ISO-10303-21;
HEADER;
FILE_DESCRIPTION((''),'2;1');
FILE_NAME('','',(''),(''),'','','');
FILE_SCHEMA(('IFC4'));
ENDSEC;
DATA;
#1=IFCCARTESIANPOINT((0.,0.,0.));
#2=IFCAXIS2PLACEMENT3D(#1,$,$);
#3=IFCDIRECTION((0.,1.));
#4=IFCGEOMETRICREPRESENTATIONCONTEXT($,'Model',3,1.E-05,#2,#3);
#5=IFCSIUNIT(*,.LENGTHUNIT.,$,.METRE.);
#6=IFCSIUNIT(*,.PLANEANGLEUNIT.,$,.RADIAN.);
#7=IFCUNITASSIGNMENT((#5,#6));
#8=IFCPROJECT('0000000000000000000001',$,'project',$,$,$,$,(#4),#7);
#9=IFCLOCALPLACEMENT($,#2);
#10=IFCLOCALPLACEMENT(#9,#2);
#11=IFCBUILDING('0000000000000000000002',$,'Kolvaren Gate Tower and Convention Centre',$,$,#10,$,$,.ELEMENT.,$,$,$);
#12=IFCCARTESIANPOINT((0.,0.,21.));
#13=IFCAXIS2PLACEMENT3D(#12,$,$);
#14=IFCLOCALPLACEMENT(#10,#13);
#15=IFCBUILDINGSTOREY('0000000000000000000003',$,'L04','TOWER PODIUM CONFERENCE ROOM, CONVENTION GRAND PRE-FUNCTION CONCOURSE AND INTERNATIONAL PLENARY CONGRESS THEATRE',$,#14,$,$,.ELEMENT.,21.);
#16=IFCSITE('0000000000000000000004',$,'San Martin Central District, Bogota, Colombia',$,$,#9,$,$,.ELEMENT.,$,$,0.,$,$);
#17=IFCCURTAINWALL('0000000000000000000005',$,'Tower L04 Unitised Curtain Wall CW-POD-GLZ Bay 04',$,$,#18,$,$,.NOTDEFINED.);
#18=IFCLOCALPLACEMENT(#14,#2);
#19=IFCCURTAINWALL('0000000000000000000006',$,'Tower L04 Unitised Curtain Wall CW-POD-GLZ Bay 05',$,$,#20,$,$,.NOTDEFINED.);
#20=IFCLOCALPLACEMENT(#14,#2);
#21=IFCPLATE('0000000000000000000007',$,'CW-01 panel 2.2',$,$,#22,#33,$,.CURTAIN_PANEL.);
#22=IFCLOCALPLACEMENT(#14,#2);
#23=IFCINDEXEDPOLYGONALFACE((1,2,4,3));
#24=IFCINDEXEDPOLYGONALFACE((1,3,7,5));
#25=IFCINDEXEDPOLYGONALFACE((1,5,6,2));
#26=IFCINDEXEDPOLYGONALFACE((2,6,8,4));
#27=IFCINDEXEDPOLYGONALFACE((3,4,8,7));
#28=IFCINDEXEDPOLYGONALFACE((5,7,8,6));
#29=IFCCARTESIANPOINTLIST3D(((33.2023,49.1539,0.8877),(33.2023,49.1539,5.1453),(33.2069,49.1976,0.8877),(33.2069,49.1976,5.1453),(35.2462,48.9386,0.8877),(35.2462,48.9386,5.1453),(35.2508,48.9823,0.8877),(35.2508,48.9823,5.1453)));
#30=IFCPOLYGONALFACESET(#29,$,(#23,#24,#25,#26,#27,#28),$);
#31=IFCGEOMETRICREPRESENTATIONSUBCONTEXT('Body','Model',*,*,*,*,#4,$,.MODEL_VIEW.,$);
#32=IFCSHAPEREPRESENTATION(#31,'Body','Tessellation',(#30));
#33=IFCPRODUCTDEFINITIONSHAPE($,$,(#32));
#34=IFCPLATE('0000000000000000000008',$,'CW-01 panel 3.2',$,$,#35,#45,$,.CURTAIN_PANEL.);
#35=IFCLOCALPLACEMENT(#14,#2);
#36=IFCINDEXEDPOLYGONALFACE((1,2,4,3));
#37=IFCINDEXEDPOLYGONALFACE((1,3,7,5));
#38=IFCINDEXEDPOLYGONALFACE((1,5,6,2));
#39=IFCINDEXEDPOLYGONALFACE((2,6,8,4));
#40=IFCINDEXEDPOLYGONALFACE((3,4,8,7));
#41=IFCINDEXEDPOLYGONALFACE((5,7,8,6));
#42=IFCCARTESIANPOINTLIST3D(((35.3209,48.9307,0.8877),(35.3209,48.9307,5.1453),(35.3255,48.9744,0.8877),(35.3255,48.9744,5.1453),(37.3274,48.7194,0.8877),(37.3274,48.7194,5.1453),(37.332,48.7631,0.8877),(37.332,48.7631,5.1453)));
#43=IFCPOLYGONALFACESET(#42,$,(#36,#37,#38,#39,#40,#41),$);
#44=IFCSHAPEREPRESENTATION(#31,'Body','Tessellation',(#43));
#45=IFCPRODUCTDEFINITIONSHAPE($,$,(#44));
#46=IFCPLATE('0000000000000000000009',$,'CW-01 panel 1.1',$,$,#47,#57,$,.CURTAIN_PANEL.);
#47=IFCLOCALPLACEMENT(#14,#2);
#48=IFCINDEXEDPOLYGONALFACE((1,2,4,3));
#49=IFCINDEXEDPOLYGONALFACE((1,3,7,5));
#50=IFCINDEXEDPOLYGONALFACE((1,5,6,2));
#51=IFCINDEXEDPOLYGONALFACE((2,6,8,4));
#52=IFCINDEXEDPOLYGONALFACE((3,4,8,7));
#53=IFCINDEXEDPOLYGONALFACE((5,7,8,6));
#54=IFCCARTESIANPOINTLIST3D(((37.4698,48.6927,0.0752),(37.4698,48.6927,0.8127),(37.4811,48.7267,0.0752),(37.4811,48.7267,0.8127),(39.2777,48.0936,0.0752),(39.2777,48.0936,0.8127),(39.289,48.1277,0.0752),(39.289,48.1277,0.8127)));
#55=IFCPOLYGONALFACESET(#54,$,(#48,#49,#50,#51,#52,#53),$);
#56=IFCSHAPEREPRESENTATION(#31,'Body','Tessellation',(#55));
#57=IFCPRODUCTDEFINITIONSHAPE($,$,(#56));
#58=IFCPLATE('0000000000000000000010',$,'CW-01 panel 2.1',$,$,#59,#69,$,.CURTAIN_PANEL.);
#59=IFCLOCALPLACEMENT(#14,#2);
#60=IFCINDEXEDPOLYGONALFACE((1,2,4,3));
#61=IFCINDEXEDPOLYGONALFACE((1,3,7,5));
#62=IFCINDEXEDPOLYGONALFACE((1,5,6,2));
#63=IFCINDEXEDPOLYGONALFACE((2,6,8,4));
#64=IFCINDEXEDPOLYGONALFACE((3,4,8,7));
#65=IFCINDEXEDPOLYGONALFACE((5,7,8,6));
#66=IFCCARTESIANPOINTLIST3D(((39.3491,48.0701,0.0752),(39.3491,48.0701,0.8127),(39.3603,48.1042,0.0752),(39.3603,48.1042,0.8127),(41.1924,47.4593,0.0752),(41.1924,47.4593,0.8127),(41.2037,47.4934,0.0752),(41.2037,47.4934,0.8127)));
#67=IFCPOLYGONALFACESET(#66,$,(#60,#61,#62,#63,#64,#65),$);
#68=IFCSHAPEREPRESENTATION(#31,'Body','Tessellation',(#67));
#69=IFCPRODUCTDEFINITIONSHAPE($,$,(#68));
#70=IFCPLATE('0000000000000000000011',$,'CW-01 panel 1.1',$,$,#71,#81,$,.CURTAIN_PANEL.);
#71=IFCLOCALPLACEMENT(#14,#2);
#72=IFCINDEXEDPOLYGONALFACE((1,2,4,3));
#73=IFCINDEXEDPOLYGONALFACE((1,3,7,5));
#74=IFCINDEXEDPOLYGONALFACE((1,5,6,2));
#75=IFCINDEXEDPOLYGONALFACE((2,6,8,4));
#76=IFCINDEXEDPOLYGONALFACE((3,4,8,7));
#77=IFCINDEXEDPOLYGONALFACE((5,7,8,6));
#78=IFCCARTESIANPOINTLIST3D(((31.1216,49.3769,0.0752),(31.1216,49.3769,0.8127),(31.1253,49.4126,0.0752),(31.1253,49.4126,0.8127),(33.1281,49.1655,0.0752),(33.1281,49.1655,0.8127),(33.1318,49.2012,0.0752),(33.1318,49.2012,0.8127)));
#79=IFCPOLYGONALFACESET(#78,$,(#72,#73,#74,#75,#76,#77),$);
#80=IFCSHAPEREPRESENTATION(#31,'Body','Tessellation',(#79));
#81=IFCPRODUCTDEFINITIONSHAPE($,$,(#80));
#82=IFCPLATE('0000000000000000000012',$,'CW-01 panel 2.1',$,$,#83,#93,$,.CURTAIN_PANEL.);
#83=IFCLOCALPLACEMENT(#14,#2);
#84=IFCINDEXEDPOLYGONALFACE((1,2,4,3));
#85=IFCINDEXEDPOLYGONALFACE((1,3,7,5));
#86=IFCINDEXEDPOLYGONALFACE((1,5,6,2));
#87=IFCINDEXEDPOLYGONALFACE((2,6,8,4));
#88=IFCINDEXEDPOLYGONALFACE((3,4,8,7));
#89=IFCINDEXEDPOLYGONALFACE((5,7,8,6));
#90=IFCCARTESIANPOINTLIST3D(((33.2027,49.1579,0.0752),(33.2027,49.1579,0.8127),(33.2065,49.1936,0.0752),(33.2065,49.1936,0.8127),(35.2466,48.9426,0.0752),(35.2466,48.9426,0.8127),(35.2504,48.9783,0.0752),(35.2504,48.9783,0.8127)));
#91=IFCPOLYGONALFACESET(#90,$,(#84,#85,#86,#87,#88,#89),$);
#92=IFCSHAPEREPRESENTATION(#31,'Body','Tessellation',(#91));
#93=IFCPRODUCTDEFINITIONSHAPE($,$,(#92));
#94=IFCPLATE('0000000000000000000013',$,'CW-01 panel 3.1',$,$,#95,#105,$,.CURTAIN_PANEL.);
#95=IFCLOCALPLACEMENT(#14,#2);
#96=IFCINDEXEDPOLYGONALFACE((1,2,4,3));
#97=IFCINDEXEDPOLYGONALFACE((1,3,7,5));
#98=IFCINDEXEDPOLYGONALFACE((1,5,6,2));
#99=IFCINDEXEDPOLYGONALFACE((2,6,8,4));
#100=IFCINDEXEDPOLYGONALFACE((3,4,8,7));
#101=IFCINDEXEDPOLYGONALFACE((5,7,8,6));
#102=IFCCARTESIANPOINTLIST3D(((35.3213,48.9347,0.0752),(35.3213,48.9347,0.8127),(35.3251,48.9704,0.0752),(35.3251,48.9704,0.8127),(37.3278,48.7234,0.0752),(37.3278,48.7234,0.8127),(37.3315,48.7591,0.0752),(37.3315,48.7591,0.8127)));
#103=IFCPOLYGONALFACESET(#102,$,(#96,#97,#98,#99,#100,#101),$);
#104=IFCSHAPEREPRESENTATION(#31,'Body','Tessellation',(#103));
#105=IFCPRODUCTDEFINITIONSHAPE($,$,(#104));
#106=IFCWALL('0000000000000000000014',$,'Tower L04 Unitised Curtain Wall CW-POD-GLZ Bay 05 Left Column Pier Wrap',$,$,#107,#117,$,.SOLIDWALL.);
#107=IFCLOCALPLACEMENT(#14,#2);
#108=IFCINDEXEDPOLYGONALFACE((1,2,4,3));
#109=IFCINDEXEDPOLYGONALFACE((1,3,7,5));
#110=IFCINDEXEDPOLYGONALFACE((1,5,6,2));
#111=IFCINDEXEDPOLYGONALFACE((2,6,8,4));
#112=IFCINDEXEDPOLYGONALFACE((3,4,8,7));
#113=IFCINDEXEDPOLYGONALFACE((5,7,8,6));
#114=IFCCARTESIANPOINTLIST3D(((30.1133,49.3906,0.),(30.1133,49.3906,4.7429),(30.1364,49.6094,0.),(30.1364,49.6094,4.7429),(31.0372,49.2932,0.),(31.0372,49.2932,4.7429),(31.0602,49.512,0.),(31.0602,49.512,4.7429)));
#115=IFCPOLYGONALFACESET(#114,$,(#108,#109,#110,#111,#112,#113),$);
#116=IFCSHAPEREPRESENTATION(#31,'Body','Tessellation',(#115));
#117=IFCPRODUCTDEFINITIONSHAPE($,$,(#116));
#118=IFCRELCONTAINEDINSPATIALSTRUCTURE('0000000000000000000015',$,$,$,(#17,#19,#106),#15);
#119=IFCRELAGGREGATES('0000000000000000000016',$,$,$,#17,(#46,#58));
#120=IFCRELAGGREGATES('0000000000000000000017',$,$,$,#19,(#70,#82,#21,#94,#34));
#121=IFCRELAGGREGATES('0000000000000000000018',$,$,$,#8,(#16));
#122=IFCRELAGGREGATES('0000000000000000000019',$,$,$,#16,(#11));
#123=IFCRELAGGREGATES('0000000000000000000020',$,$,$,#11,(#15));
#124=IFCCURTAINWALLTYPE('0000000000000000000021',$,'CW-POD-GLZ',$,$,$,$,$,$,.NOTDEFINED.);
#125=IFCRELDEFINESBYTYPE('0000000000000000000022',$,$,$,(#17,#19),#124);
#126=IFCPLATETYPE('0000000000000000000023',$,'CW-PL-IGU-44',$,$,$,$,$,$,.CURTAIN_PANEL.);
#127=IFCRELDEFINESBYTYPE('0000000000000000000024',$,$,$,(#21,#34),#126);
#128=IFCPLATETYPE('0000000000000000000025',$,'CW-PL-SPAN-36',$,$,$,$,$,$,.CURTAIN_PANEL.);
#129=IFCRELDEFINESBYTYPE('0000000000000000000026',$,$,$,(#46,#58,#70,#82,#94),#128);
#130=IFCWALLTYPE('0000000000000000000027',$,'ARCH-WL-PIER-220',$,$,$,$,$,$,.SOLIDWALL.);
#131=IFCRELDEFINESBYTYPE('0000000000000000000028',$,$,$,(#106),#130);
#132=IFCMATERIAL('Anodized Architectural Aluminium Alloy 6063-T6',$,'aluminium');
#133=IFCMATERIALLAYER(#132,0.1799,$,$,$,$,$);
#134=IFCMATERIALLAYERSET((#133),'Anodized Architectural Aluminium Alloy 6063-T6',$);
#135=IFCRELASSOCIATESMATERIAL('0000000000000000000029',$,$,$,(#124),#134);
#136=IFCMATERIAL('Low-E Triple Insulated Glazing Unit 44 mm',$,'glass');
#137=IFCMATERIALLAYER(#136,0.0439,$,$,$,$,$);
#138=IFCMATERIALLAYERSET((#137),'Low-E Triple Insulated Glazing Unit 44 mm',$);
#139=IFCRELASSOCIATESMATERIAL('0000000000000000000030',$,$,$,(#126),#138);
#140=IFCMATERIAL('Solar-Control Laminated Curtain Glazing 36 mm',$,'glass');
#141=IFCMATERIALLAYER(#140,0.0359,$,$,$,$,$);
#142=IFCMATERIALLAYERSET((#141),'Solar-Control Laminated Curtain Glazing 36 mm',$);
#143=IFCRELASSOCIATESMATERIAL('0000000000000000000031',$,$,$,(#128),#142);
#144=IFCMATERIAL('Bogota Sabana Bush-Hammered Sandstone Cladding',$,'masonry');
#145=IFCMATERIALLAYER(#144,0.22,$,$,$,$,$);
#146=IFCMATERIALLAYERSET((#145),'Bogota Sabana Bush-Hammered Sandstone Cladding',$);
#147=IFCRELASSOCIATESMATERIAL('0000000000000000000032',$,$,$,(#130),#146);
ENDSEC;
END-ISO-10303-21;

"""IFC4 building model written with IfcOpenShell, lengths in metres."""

from ifc_helpers import new_model, si_unit, direction, frame, frame_2d, origin, origin_2d, place, context, subcontext, project, spatial, rectangle, extrude, material, layer, layer_set, type_object, element, aggregate, save


model = new_model("IFC4")

# Units and contexts
model_context = context("Model", 3, precision=1e-05, world=origin(), true_north=direction((0.0, 1.0)))
body_context = subcontext(model_context, "Body", "Model", "MODEL_VIEW")
ifc_project = project(units=[si_unit("LENGTHUNIT", "METRE"), si_unit("PLANEANGLEUNIT", "RADIAN")], contexts=[model_context])

# Site, building, storey
site_placement = place(None, origin())
site = spatial("IfcSite", under=ifc_project, at=site_placement, Name="San Martin Central District, Bogota, Colombia", CompositionType="ELEMENT", RefElevation=0.0)
building_placement = place(site_placement, origin())
building = spatial("IfcBuilding", under=site, at=building_placement, Name="Kolvaren Gate Tower and Convention Centre", CompositionType="ELEMENT")
storey_placement = place(building_placement, frame((0.0, 0.0, 21.0)))
storey = spatial("IfcBuildingStorey", under=building, at=storey_placement, Name="L04", Description="TOWER PODIUM CONFERENCE ROOM, CONVENTION GRAND PRE-FUNCTION CONCOURSE AND INTERNATIONAL PLENARY CONGRESS THEATRE", CompositionType="ELEMENT", Elevation=21.0)

# Curtain walls
ifc_material_1 = material(Name="Anodized Architectural Aluminium Alloy 6063-T6", Category="aluminium")
ifc_layer_1 = layer(ifc_material_1, 0.1799)
ifc_layer_set_1 = layer_set([ifc_layer_1], Name="Anodized Architectural Aluminium Alloy 6063-T6")
curtain_wall_type = type_object("IfcCurtainWallType", Name="CW-POD-GLZ", PredefinedType="NOTDEFINED", material=ifc_layer_set_1)
curtain_wall_1_placement = place(storey_placement, origin())
curtain_wall_1 = element("IfcCurtainWall", 1, at=curtain_wall_1_placement, inside=storey, type_object=curtain_wall_type, Name="Tower L04 Unitised Curtain Wall CW-POD-GLZ Bay 04", PredefinedType="NOTDEFINED")
curtain_wall_2_placement = place(storey_placement, origin())
curtain_wall_2 = element("IfcCurtainWall", 2, at=curtain_wall_2_placement, inside=storey, type_object=curtain_wall_type, Name="Tower L04 Unitised Curtain Wall CW-POD-GLZ Bay 05", PredefinedType="NOTDEFINED")

# Plates
ifc_material_2 = material(Name="Low-E Triple Insulated Glazing Unit 44 mm", Category="glass")
ifc_layer_2 = layer(ifc_material_2, 0.0439)
ifc_layer_set_2 = layer_set([ifc_layer_2], Name="Low-E Triple Insulated Glazing Unit 44 mm")
plate_type_1 = type_object("IfcPlateType", Name="CW-PL-IGU-44", PredefinedType="CURTAIN_PANEL", material=ifc_layer_set_2)
plate_1_placement = place(storey_placement, frame((34.2266, 49.0681, 0.8877), z_axis=(0.0, 0.0, 1.0), x_axis=(0.994499, -0.104748, 0.0)))
plate_1 = element("IfcPlate", 3, at=plate_1_placement, type_object=plate_type_1, Name="CW-01 panel 2.2", PredefinedType="CURTAIN_PANEL", context=body_context, shape_type="SweptSolid", body=[
    extrude(rectangle(XDim=2.0552, YDim=0.0439, at=origin_2d()), origin(), (0.0, 0.0, 1.0), 4.2576),
])
plate_2_placement = place(storey_placement, frame((36.3264, 48.8469, 0.8877), z_axis=(0.0, 0.0, 1.0), x_axis=(0.994499, -0.104748, 0.0)))
plate_2 = element("IfcPlate", 4, at=plate_2_placement, type_object=plate_type_1, Name="CW-01 panel 3.2", PredefinedType="CURTAIN_PANEL", context=body_context, shape_type="SweptSolid", body=[
    extrude(rectangle(XDim=2.0176, YDim=0.0439, at=origin_2d()), origin(), (0.0, 0.0, 1.0), 4.2576),
])
ifc_material_3 = material(Name="Solar-Control Laminated Curtain Glazing 36 mm", Category="glass")
ifc_layer_3 = layer(ifc_material_3, 0.0359)
ifc_layer_set_3 = layer_set([ifc_layer_3], Name="Solar-Control Laminated Curtain Glazing 36 mm")
plate_type_2 = type_object("IfcPlateType", Name="CW-PL-SPAN-36", PredefinedType="CURTAIN_PANEL", material=ifc_layer_set_3)
plate_3_placement = place(storey_placement, frame((38.3794, 48.4102, 0.0752), z_axis=(0.0, 0.0, 1.0), x_axis=(0.949244, -0.314542, 0.0)))
plate_3 = element("IfcPlate", 5, at=plate_3_placement, type_object=plate_type_2, Name="CW-01 panel 1.1", PredefinedType="CURTAIN_PANEL", context=body_context, shape_type="SweptSolid", body=[
    extrude(rectangle(XDim=1.9045, YDim=0.0359, at=origin_2d()), origin(), (0.0, 0.0, 1.0), 0.7375),
])
plate_4_placement = place(storey_placement, frame((40.2764, 47.7817, 0.0752), z_axis=(0.0, 0.0, 1.0), x_axis=(0.949244, -0.314542, 0.0)))
plate_4 = element("IfcPlate", 6, at=plate_4_placement, type_object=plate_type_2, Name="CW-01 panel 2.1", PredefinedType="CURTAIN_PANEL", context=body_context, shape_type="SweptSolid", body=[
    extrude(rectangle(XDim=1.9419, YDim=0.0359, at=origin_2d()), origin(), (0.0, 0.0, 1.0), 0.7375),
])
aggregate(curtain_wall_1, [plate_3, plate_4])
plate_5_placement = place(storey_placement, frame((32.1267, 49.2891, 0.0752), z_axis=(0.0, 0.0, 1.0), x_axis=(0.994499, -0.104748, 0.0)))
plate_5 = element("IfcPlate", 7, at=plate_5_placement, type_object=plate_type_2, Name="CW-01 panel 1.1", PredefinedType="CURTAIN_PANEL", context=body_context, shape_type="SweptSolid", body=[
    extrude(rectangle(XDim=2.0176, YDim=0.0359, at=origin_2d()), origin(), (0.0, 0.0, 1.0), 0.7375),
])
plate_6_placement = place(storey_placement, frame((34.2266, 49.0681, 0.0752), z_axis=(0.0, 0.0, 1.0), x_axis=(0.994499, -0.104748, 0.0)))
plate_6 = element("IfcPlate", 8, at=plate_6_placement, type_object=plate_type_2, Name="CW-01 panel 2.1", PredefinedType="CURTAIN_PANEL", context=body_context, shape_type="SweptSolid", body=[
    extrude(rectangle(XDim=2.0552, YDim=0.0359, at=origin_2d()), origin(), (0.0, 0.0, 1.0), 0.7375),
])
plate_7_placement = place(storey_placement, frame((36.3264, 48.8469, 0.0752), z_axis=(0.0, 0.0, 1.0), x_axis=(0.994499, -0.104748, 0.0)))
plate_7 = element("IfcPlate", 9, at=plate_7_placement, type_object=plate_type_2, Name="CW-01 panel 3.1", PredefinedType="CURTAIN_PANEL", context=body_context, shape_type="SweptSolid", body=[
    extrude(rectangle(XDim=2.0176, YDim=0.0359, at=origin_2d()), origin(), (0.0, 0.0, 1.0), 0.7375),
])
aggregate(curtain_wall_2, [plate_5, plate_6, plate_1, plate_7, plate_2])

# Wall
ifc_material_4 = material(Name="Bogota Sabana Bush-Hammered Sandstone Cladding", Category="masonry")
ifc_layer_4 = layer(ifc_material_4, 0.22)
ifc_layer_set_4 = layer_set([ifc_layer_4], Name="Bogota Sabana Bush-Hammered Sandstone Cladding")
wall_type = type_object("IfcWallType", Name="ARCH-WL-PIER-220", PredefinedType="SOLIDWALL", material=ifc_layer_set_4)
wall_placement = place(storey_placement, frame((30.125, 49.5, 0.0), z_axis=(0.0, 0.0, 1.0), x_axis=(0.994487, -0.104863, 0.0)))
element("IfcWall", 10, at=wall_placement, inside=storey, type_object=wall_type, Name="Tower L04 Unitised Curtain Wall CW-POD-GLZ Bay 05 Left Column Pier Wrap", PredefinedType="SOLIDWALL", context=body_context, shape_type="SweptSolid", body=[
    extrude(rectangle(XDim=0.929, YDim=0.22, at=frame_2d((0.4644, 0.0))), origin(), (0.0, 0.0, 1.0), 4.7429),
])

save(model, "model.ifc")
